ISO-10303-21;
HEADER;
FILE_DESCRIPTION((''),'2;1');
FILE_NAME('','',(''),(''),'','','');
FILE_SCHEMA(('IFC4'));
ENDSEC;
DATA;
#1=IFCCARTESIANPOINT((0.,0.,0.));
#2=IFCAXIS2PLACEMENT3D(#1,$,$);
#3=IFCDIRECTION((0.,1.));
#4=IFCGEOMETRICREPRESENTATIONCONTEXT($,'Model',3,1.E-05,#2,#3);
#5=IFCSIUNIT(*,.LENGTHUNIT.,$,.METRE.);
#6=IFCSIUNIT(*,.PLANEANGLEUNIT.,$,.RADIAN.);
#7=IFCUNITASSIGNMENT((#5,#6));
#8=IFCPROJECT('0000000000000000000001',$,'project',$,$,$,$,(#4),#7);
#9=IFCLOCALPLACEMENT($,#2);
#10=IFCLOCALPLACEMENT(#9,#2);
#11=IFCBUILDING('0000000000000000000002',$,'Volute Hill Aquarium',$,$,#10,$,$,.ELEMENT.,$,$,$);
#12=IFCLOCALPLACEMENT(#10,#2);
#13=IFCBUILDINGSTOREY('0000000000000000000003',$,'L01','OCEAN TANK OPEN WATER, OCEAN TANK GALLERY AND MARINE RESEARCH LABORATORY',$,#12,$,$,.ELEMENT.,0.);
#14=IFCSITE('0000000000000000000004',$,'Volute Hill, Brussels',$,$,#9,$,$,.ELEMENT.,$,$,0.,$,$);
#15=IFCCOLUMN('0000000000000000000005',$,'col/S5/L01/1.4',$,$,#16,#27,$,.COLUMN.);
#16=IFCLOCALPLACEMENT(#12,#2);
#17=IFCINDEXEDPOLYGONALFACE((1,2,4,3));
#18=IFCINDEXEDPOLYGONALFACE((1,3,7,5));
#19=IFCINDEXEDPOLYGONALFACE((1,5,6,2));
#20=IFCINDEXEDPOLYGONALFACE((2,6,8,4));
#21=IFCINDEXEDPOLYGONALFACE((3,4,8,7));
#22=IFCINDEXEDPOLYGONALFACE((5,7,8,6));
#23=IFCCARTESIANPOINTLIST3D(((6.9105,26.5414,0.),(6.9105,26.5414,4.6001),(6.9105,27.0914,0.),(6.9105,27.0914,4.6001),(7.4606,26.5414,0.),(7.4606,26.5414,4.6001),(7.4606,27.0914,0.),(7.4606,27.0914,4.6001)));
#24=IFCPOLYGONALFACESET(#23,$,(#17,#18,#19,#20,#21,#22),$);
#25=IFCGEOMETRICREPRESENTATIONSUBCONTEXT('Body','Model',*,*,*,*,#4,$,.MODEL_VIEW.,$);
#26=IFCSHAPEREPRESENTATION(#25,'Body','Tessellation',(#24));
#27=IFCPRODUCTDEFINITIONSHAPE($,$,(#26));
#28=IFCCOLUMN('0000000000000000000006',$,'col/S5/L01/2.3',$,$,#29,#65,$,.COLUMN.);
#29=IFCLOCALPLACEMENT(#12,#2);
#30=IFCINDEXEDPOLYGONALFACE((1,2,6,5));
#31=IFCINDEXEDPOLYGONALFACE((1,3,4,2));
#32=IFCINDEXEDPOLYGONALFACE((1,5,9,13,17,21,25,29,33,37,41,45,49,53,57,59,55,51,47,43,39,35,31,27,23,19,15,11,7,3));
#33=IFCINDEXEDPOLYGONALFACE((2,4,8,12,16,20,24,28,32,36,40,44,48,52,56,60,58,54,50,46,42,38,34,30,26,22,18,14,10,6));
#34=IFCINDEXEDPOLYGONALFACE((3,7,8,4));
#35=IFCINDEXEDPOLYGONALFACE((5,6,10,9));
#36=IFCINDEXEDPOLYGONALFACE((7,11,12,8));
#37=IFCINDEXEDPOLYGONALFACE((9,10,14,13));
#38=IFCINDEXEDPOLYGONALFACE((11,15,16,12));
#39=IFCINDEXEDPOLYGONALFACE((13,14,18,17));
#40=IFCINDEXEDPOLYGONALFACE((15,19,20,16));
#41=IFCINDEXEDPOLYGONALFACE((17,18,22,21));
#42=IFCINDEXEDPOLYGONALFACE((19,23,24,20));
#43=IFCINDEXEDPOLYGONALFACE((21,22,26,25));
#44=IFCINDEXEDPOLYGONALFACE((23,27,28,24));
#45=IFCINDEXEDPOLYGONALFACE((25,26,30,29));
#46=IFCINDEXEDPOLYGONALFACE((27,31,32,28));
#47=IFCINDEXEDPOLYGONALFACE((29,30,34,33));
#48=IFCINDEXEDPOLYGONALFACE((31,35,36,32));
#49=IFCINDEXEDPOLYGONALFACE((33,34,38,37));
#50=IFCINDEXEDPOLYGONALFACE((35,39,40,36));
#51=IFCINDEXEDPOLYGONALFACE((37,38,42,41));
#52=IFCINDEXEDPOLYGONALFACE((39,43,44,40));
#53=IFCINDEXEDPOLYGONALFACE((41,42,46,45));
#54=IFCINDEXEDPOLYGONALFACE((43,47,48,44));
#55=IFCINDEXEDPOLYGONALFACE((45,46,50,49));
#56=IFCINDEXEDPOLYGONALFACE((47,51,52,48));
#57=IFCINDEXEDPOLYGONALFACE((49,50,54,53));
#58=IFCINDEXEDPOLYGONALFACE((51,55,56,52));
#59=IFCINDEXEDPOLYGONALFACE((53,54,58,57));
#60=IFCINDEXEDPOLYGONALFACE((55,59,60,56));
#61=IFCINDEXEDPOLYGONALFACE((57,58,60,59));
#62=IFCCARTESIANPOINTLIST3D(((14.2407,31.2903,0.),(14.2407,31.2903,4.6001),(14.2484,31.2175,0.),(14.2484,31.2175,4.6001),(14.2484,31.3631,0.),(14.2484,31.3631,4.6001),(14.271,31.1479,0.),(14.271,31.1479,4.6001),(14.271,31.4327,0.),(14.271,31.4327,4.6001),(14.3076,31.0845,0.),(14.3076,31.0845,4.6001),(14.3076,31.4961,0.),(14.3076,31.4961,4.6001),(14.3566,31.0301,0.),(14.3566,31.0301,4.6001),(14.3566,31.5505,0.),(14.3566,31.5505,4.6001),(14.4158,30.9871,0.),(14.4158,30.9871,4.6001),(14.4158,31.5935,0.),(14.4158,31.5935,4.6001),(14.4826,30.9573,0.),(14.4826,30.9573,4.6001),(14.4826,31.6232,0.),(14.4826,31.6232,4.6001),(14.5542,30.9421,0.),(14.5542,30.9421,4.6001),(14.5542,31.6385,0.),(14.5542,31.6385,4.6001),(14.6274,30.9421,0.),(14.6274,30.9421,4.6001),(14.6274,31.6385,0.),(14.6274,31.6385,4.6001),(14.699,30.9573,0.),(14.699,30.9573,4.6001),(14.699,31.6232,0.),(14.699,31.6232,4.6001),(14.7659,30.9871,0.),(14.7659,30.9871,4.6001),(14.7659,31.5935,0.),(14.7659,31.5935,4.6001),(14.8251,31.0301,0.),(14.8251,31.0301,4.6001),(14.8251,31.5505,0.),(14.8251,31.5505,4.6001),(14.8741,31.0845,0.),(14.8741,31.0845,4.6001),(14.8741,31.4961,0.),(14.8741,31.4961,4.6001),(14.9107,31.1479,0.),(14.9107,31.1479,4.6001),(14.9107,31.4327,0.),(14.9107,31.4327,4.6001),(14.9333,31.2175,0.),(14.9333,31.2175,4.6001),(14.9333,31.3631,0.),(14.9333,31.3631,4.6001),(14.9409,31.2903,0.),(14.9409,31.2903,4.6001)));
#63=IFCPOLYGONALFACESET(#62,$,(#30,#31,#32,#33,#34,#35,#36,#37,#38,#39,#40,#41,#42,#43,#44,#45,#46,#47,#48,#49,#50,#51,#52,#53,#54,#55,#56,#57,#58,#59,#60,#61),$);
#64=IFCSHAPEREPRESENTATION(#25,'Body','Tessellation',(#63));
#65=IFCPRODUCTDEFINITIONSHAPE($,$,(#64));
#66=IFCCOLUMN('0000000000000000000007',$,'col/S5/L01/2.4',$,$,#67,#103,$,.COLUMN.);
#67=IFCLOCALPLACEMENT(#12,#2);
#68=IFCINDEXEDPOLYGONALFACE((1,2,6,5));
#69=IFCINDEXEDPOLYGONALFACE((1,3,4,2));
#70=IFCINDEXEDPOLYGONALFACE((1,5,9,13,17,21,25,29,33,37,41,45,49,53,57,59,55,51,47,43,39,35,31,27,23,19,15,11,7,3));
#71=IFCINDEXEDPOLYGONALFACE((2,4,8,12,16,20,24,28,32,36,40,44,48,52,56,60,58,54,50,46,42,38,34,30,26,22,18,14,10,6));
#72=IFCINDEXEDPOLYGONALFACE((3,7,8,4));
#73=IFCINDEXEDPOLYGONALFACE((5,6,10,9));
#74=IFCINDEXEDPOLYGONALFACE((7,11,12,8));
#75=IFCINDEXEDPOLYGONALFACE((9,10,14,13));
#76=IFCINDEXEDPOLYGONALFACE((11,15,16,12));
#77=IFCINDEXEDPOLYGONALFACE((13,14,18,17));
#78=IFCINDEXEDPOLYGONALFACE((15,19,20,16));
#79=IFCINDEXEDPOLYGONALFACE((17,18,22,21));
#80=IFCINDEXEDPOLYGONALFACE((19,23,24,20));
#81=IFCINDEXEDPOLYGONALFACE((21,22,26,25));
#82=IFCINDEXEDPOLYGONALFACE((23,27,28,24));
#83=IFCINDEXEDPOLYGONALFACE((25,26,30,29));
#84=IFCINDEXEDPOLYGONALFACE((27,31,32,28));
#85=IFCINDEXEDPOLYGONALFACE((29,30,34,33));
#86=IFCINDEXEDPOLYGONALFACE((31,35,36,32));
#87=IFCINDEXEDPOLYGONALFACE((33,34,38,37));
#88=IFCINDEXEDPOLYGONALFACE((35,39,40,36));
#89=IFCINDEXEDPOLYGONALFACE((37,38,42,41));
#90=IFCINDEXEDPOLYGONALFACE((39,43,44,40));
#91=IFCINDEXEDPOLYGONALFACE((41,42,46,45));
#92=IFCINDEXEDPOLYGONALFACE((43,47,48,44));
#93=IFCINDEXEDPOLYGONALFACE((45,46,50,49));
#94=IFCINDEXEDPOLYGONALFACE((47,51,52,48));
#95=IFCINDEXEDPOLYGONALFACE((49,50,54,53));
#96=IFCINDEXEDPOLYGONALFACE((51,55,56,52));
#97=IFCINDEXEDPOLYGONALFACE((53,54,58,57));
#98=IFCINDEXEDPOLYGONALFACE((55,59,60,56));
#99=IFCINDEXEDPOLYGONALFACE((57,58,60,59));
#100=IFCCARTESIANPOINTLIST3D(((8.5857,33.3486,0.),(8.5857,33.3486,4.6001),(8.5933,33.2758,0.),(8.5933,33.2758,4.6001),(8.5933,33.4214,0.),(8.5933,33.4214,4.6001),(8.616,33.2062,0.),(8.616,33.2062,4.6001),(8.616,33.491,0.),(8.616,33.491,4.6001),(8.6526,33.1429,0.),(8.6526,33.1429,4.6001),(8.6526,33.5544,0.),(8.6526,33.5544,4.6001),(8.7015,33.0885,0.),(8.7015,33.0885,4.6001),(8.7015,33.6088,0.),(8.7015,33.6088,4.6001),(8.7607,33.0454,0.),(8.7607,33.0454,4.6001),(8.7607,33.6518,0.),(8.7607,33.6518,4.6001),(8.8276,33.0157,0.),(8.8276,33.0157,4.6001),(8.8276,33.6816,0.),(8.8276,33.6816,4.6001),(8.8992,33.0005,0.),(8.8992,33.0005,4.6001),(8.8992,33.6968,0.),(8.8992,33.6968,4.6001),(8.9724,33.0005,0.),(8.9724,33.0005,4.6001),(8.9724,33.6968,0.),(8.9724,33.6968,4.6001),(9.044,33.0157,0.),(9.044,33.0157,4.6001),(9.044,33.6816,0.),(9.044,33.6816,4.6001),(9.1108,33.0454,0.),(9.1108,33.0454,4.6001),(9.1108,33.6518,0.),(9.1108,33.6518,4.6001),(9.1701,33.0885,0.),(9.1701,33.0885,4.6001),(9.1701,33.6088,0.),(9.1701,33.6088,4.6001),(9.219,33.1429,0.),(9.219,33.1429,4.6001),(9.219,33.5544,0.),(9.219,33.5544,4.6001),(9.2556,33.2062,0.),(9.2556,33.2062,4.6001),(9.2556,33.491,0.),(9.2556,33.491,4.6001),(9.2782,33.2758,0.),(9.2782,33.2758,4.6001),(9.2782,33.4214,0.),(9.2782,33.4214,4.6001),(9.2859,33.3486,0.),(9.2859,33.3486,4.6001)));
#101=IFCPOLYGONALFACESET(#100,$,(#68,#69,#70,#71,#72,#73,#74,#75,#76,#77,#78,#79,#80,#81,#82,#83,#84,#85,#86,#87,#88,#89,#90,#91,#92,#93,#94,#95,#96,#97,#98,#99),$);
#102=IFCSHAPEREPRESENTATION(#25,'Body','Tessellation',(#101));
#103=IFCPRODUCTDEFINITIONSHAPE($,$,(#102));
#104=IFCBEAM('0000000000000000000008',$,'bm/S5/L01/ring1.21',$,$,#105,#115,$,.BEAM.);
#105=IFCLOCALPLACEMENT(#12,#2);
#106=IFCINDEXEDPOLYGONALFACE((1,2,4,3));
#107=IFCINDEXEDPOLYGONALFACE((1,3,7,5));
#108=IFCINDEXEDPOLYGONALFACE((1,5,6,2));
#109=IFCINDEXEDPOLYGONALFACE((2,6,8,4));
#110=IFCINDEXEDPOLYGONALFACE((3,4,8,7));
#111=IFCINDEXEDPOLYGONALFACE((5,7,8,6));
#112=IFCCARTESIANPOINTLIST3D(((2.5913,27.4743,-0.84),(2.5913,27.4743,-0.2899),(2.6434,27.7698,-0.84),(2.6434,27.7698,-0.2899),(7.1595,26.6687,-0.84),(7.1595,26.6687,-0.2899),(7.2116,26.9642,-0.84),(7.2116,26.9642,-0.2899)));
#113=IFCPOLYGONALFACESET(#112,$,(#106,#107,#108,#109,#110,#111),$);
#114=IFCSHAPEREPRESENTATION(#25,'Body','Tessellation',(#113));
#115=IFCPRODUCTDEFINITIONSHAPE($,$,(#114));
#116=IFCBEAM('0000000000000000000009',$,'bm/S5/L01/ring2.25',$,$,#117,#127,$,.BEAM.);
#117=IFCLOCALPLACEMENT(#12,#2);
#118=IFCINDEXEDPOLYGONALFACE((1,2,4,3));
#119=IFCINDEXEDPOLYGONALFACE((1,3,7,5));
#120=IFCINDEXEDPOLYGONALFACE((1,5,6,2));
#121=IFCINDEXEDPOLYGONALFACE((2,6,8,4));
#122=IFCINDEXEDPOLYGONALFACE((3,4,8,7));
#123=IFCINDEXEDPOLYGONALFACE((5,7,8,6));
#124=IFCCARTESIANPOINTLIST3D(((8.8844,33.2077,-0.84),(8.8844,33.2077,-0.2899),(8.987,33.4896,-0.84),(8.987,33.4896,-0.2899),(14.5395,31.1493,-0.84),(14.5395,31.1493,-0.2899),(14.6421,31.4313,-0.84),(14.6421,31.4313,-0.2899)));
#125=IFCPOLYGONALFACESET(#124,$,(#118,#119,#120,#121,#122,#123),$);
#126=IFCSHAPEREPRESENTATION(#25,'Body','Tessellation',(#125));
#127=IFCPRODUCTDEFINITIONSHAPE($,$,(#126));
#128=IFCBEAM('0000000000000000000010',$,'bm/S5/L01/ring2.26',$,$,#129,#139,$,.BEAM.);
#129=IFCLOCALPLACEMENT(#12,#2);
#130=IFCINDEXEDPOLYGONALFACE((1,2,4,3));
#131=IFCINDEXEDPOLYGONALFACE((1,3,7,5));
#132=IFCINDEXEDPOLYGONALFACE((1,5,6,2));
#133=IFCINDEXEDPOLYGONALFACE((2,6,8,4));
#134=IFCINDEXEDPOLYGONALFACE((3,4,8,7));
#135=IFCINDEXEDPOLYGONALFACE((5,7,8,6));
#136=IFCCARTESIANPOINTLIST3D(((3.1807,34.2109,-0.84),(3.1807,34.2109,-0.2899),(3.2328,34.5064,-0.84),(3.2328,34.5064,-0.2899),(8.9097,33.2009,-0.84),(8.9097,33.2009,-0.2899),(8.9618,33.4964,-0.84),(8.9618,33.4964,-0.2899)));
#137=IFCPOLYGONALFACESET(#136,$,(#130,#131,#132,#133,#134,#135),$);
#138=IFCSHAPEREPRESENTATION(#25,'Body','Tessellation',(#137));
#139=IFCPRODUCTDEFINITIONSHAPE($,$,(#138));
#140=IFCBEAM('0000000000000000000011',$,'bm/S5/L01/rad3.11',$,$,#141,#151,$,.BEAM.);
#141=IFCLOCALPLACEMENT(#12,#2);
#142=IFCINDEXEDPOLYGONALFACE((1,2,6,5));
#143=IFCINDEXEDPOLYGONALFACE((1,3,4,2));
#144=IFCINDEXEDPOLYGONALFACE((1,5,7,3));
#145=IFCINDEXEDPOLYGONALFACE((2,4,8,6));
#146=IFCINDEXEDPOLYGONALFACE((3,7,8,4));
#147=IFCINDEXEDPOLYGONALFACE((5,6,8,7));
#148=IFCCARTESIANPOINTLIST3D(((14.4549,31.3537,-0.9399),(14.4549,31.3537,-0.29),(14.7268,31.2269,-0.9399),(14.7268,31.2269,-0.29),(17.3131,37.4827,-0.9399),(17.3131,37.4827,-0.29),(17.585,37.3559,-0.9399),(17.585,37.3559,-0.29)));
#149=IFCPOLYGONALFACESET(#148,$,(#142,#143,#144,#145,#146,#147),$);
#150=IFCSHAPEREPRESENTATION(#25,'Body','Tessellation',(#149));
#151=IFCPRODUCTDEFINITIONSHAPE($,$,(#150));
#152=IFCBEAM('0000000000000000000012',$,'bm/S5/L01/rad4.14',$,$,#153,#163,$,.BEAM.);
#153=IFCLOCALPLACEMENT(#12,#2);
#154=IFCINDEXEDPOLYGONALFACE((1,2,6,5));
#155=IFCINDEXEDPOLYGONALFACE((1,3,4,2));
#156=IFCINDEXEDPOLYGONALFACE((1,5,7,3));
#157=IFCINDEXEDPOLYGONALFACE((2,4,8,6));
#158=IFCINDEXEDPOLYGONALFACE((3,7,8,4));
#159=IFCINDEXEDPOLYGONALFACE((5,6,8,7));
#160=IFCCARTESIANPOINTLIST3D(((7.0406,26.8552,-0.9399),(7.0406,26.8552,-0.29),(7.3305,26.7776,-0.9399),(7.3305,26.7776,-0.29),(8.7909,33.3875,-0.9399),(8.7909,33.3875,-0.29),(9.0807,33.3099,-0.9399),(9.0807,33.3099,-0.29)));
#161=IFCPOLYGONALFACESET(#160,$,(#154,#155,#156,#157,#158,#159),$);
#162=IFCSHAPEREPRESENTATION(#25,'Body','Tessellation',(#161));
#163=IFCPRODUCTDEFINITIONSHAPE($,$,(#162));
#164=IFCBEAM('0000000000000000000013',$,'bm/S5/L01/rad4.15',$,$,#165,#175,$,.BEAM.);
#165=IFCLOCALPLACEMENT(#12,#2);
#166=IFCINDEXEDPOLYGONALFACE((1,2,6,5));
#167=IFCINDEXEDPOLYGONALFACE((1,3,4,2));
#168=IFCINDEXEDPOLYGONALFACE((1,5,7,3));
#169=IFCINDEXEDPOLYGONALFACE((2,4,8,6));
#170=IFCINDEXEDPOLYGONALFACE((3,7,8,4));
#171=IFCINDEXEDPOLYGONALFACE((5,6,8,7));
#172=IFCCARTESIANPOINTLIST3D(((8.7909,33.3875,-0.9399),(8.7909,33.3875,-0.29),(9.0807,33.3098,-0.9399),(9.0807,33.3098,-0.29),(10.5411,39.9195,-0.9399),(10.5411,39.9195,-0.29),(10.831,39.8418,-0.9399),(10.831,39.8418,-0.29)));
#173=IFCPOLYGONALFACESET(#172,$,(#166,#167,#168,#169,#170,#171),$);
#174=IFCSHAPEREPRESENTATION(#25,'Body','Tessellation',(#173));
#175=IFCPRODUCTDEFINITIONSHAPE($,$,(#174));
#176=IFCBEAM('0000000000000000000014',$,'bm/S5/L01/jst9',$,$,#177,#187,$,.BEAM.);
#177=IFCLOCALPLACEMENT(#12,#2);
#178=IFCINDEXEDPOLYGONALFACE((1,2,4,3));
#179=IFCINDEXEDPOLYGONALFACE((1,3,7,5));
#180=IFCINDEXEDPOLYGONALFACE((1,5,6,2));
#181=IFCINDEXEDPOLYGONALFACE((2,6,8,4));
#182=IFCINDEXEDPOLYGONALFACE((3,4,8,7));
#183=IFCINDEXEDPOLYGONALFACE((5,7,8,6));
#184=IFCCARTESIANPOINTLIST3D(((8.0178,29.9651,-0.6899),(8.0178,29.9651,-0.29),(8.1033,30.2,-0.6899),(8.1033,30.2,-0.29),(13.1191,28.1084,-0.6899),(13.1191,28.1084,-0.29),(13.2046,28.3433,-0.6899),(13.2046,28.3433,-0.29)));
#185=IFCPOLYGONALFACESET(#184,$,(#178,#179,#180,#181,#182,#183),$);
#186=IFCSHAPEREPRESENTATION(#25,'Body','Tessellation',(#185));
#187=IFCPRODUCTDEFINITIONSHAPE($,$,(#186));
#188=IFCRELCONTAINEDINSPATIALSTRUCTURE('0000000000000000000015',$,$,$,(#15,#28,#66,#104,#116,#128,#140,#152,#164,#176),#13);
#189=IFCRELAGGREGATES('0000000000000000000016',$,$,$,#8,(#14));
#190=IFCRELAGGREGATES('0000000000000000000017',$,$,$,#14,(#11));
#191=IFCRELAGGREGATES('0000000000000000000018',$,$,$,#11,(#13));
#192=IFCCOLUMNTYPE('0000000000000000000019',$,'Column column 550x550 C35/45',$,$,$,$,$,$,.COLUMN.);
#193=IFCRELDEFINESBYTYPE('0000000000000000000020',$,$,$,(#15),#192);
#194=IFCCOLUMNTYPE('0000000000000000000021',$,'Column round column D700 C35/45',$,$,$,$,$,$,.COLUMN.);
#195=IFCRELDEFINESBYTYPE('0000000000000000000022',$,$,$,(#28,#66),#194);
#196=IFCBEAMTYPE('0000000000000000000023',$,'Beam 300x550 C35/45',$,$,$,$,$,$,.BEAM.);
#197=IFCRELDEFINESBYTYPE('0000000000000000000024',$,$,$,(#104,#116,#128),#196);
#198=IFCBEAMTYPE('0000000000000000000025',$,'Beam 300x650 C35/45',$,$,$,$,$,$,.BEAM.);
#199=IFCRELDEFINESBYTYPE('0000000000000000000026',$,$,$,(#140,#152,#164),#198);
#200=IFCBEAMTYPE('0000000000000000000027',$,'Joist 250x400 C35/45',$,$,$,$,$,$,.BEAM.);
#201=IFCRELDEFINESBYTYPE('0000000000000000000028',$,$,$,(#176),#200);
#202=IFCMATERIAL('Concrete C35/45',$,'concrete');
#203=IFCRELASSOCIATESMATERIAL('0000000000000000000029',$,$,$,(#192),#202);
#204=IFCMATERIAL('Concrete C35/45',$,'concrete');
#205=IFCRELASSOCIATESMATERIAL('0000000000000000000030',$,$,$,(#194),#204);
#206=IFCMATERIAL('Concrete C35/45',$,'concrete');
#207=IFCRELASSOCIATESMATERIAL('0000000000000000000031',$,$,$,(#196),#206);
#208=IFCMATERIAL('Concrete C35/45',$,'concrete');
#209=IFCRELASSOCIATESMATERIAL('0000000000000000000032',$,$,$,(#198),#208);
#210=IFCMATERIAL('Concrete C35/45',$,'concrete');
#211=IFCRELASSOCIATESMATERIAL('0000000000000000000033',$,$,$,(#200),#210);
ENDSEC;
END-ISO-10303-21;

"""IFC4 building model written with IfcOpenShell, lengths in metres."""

from ifc_helpers import new_model, si_unit, direction, frame, origin, origin_2d, place, context, subcontext, project, spatial, rectangle, circle, extrude, material, material_profile, profile_set, type_object, element, save


model = new_model("IFC4")

# Units and contexts
model_context = context("Model", 3, precision=1e-05, world=origin(), true_north=direction((0.0, 1.0)))
body_context = subcontext(model_context, "Body", "Model", "MODEL_VIEW")
ifc_project = project(units=[si_unit("LENGTHUNIT", "METRE"), si_unit("PLANEANGLEUNIT", "RADIAN")], contexts=[model_context])

# Site, building, storey
site_placement = place(None, origin())
site = spatial("IfcSite", under=ifc_project, at=site_placement, Name="Volute Hill, Brussels", CompositionType="ELEMENT", RefElevation=0.0)
building_placement = place(site_placement, origin())
building = spatial("IfcBuilding", under=site, at=building_placement, Name="Volute Hill Aquarium", CompositionType="ELEMENT")
storey_placement = place(building_placement, origin())
storey = spatial("IfcBuildingStorey", under=building, at=storey_placement, Name="L01", Description="OCEAN TANK OPEN WATER, OCEAN TANK GALLERY AND MARINE RESEARCH LABORATORY", CompositionType="ELEMENT", Elevation=0.0)

# Columns
ifc_material_1 = material(Name="Concrete C35/45", Category="concrete")
ifc_material_profile_1 = material_profile(ifc_material_1, rectangle(XDim=0.55, YDim=0.55, at=origin_2d()), Name="RC column 550x550")
ifc_profile_set_1 = profile_set([ifc_material_profile_1], Name="Concrete C35/45")
column_type_1 = type_object("IfcColumnType", Name="Column column 550x550 C35/45", PredefinedType="COLUMN", material=ifc_profile_set_1)
column_placement = place(storey_placement, frame((7.1855, 26.8164, 0.0), z_axis=(0.0, 0.0, 1.0), x_axis=(1.0, 0.0, 0.0)))
element("IfcColumn", 1, at=column_placement, inside=storey, type_object=column_type_1, Name="col/S5/L01/1.4", PredefinedType="COLUMN", context=body_context, shape_type="SweptSolid", body=[
    extrude(rectangle(XDim=0.55, YDim=0.55, at=origin_2d()), origin(), (0.0, 0.0, 1.0), 4.6001),
])
ifc_material_2 = material(Name="Concrete C35/45", Category="concrete")
ifc_material_profile_2 = material_profile(ifc_material_2, circle(Radius=0.3501, at=origin_2d()), Name="RC round column D700")
ifc_profile_set_2 = profile_set([ifc_material_profile_2], Name="Concrete C35/45")
column_type_2 = type_object("IfcColumnType", Name="Column round column D700 C35/45", PredefinedType="COLUMN", material=ifc_profile_set_2)
for number, where, z_axis, x_axis, name in (
    (2, (14.5908, 31.2903, 0.0), (0.0, 0.0, 1.0), (1.0, 0.0, 0.0), "col/S5/L01/2.3"),
    (3, (8.9358, 33.3486, 0.0), (0.0, 0.0, 1.0), (1.0, 0.0, 0.0), "col/S5/L01/2.4"),
):
    element("IfcColumn", number, at=place(storey_placement, frame(where, z_axis=z_axis, x_axis=x_axis)), inside=storey, type_object=column_type_2, Name=name, PredefinedType="COLUMN", context=body_context, shape_type="SweptSolid", body=[
        extrude(circle(Radius=0.3501, at=origin_2d()), origin(), (0.0, 0.0, 1.0), 4.6001),
    ])

# Beams
ifc_material_3 = material(Name="Concrete C35/45", Category="concrete")
ifc_material_profile_3 = material_profile(ifc_material_3, rectangle(XDim=0.3, YDim=0.55, at=origin_2d()), Name="RC beam 300x550")
ifc_profile_set_3 = profile_set([ifc_material_profile_3], Name="Concrete C35/45")
beam_type_1 = type_object("IfcBeamType", Name="Beam 300x550 C35/45", PredefinedType="BEAM", material=ifc_profile_set_3)
beam_1_placement = place(storey_placement, frame((7.1855, 26.8164, -0.5649), z_axis=(-0.984801, 0.173686, 0.0), x_axis=(-0.173686, -0.984801, 0.0)))
element("IfcBeam", 4, at=beam_1_placement, inside=storey, type_object=beam_type_1, Name="bm/S5/L01/ring1.21", PredefinedType="BEAM", context=body_context, shape_type="SweptSolid", body=[
    extrude(rectangle(XDim=0.3, YDim=0.55, at=origin_2d()), origin(), (0.0, 0.0, 1.0), 4.6387),
])
beam_2_placement = place(storey_placement, frame((14.5908, 31.2903, -0.5649), z_axis=(-0.939688, 0.342033, 0.0), x_axis=(-0.342033, -0.939688, 0.0)))
element("IfcBeam", 5, at=beam_2_placement, inside=storey, type_object=beam_type_1, Name="bm/S5/L01/ring2.25", PredefinedType="BEAM", context=body_context, shape_type="SweptSolid", body=[
    extrude(rectangle(XDim=0.3, YDim=0.55, at=origin_2d()), origin(), (0.0, 0.0, 1.0), 6.0181),
])
beam_3_placement = place(storey_placement, frame((8.9358, 33.3486, -0.5649), z_axis=(-0.984813, 0.17362, 0.0), x_axis=(-0.17362, -0.984813, 0.0)))
element("IfcBeam", 6, at=beam_3_placement, inside=storey, type_object=beam_type_1, Name="bm/S5/L01/ring2.26", PredefinedType="BEAM", context=body_context, shape_type="SweptSolid", body=[
    extrude(rectangle(XDim=0.3, YDim=0.55, at=origin_2d()), origin(), (0.0, 0.0, 1.0), 5.8174),
])
ifc_material_4 = material(Name="Concrete C35/45", Category="concrete")
ifc_material_profile_4 = material_profile(ifc_material_4, rectangle(XDim=0.3, YDim=0.6499, at=origin_2d()), Name="RC beam 300x650")
ifc_profile_set_4 = profile_set([ifc_material_profile_4], Name="Concrete C35/45")
beam_type_2 = type_object("IfcBeamType", Name="Beam 300x650 C35/45", PredefinedType="BEAM", material=ifc_profile_set_4)
for number, where, z_axis, x_axis, name in (
    (7, (14.5908, 31.2903, -0.615), (0.422642, 0.906297, 0.0), (-0.906297, 0.422642, 0.0), "bm/S5/L01/rad3.11"),
    (8, (7.1855, 26.8164, -0.615), (0.258811, 0.965928, 0.0), (-0.965928, 0.258811, 0.0), "bm/S5/L01/rad4.14"),
):
    element("IfcBeam", number, at=place(storey_placement, frame(where, z_axis=z_axis, x_axis=x_axis)), inside=storey, type_object=beam_type_2, Name=name, PredefinedType="BEAM", context=body_context, shape_type="SweptSolid", body=[
        extrude(rectangle(XDim=0.3, YDim=0.6499, at=origin_2d()), origin(), (0.0, 0.0, 1.0), 6.7627),
    ])
beam_4_placement = place(storey_placement, frame((8.9358, 33.3486, -0.615), z_axis=(0.25882, 0.965926, 0.0), x_axis=(-0.965926, 0.25882, 0.0)))
element("IfcBeam", 9, at=beam_4_placement, inside=storey, type_object=beam_type_2, Name="bm/S5/L01/rad4.15", PredefinedType="BEAM", context=body_context, shape_type="SweptSolid", body=[
    extrude(rectangle(XDim=0.3, YDim=0.6499, at=origin_2d()), origin(), (0.0, 0.0, 1.0), 6.7625),
])
ifc_material_5 = material(Name="Concrete C35/45", Category="concrete")
ifc_material_profile_5 = material_profile(ifc_material_5, rectangle(XDim=0.25, YDim=0.3999, at=origin_2d()), Name="RC joist 250x400")
ifc_profile_set_5 = profile_set([ifc_material_profile_5], Name="Concrete C35/45")
beam_type_3 = type_object("IfcBeamType", Name="Joist 250x400 C35/45", PredefinedType="BEAM", material=ifc_profile_set_5)
beam_5_placement = place(storey_placement, frame((13.1619, 28.2258, -0.49), z_axis=(-0.939695, 0.342014, 0.0), x_axis=(-0.342014, -0.939695, 0.0)))
element("IfcBeam", 10, at=beam_5_placement, inside=storey, type_object=beam_type_3, Name="bm/S5/L01/jst9", PredefinedType="BEAM", context=body_context, shape_type="SweptSolid", body=[
    extrude(rectangle(XDim=0.25, YDim=0.3999, at=origin_2d()), origin(), (0.0, 0.0, 1.0), 5.4287),
])

save(model, "model.ifc")
